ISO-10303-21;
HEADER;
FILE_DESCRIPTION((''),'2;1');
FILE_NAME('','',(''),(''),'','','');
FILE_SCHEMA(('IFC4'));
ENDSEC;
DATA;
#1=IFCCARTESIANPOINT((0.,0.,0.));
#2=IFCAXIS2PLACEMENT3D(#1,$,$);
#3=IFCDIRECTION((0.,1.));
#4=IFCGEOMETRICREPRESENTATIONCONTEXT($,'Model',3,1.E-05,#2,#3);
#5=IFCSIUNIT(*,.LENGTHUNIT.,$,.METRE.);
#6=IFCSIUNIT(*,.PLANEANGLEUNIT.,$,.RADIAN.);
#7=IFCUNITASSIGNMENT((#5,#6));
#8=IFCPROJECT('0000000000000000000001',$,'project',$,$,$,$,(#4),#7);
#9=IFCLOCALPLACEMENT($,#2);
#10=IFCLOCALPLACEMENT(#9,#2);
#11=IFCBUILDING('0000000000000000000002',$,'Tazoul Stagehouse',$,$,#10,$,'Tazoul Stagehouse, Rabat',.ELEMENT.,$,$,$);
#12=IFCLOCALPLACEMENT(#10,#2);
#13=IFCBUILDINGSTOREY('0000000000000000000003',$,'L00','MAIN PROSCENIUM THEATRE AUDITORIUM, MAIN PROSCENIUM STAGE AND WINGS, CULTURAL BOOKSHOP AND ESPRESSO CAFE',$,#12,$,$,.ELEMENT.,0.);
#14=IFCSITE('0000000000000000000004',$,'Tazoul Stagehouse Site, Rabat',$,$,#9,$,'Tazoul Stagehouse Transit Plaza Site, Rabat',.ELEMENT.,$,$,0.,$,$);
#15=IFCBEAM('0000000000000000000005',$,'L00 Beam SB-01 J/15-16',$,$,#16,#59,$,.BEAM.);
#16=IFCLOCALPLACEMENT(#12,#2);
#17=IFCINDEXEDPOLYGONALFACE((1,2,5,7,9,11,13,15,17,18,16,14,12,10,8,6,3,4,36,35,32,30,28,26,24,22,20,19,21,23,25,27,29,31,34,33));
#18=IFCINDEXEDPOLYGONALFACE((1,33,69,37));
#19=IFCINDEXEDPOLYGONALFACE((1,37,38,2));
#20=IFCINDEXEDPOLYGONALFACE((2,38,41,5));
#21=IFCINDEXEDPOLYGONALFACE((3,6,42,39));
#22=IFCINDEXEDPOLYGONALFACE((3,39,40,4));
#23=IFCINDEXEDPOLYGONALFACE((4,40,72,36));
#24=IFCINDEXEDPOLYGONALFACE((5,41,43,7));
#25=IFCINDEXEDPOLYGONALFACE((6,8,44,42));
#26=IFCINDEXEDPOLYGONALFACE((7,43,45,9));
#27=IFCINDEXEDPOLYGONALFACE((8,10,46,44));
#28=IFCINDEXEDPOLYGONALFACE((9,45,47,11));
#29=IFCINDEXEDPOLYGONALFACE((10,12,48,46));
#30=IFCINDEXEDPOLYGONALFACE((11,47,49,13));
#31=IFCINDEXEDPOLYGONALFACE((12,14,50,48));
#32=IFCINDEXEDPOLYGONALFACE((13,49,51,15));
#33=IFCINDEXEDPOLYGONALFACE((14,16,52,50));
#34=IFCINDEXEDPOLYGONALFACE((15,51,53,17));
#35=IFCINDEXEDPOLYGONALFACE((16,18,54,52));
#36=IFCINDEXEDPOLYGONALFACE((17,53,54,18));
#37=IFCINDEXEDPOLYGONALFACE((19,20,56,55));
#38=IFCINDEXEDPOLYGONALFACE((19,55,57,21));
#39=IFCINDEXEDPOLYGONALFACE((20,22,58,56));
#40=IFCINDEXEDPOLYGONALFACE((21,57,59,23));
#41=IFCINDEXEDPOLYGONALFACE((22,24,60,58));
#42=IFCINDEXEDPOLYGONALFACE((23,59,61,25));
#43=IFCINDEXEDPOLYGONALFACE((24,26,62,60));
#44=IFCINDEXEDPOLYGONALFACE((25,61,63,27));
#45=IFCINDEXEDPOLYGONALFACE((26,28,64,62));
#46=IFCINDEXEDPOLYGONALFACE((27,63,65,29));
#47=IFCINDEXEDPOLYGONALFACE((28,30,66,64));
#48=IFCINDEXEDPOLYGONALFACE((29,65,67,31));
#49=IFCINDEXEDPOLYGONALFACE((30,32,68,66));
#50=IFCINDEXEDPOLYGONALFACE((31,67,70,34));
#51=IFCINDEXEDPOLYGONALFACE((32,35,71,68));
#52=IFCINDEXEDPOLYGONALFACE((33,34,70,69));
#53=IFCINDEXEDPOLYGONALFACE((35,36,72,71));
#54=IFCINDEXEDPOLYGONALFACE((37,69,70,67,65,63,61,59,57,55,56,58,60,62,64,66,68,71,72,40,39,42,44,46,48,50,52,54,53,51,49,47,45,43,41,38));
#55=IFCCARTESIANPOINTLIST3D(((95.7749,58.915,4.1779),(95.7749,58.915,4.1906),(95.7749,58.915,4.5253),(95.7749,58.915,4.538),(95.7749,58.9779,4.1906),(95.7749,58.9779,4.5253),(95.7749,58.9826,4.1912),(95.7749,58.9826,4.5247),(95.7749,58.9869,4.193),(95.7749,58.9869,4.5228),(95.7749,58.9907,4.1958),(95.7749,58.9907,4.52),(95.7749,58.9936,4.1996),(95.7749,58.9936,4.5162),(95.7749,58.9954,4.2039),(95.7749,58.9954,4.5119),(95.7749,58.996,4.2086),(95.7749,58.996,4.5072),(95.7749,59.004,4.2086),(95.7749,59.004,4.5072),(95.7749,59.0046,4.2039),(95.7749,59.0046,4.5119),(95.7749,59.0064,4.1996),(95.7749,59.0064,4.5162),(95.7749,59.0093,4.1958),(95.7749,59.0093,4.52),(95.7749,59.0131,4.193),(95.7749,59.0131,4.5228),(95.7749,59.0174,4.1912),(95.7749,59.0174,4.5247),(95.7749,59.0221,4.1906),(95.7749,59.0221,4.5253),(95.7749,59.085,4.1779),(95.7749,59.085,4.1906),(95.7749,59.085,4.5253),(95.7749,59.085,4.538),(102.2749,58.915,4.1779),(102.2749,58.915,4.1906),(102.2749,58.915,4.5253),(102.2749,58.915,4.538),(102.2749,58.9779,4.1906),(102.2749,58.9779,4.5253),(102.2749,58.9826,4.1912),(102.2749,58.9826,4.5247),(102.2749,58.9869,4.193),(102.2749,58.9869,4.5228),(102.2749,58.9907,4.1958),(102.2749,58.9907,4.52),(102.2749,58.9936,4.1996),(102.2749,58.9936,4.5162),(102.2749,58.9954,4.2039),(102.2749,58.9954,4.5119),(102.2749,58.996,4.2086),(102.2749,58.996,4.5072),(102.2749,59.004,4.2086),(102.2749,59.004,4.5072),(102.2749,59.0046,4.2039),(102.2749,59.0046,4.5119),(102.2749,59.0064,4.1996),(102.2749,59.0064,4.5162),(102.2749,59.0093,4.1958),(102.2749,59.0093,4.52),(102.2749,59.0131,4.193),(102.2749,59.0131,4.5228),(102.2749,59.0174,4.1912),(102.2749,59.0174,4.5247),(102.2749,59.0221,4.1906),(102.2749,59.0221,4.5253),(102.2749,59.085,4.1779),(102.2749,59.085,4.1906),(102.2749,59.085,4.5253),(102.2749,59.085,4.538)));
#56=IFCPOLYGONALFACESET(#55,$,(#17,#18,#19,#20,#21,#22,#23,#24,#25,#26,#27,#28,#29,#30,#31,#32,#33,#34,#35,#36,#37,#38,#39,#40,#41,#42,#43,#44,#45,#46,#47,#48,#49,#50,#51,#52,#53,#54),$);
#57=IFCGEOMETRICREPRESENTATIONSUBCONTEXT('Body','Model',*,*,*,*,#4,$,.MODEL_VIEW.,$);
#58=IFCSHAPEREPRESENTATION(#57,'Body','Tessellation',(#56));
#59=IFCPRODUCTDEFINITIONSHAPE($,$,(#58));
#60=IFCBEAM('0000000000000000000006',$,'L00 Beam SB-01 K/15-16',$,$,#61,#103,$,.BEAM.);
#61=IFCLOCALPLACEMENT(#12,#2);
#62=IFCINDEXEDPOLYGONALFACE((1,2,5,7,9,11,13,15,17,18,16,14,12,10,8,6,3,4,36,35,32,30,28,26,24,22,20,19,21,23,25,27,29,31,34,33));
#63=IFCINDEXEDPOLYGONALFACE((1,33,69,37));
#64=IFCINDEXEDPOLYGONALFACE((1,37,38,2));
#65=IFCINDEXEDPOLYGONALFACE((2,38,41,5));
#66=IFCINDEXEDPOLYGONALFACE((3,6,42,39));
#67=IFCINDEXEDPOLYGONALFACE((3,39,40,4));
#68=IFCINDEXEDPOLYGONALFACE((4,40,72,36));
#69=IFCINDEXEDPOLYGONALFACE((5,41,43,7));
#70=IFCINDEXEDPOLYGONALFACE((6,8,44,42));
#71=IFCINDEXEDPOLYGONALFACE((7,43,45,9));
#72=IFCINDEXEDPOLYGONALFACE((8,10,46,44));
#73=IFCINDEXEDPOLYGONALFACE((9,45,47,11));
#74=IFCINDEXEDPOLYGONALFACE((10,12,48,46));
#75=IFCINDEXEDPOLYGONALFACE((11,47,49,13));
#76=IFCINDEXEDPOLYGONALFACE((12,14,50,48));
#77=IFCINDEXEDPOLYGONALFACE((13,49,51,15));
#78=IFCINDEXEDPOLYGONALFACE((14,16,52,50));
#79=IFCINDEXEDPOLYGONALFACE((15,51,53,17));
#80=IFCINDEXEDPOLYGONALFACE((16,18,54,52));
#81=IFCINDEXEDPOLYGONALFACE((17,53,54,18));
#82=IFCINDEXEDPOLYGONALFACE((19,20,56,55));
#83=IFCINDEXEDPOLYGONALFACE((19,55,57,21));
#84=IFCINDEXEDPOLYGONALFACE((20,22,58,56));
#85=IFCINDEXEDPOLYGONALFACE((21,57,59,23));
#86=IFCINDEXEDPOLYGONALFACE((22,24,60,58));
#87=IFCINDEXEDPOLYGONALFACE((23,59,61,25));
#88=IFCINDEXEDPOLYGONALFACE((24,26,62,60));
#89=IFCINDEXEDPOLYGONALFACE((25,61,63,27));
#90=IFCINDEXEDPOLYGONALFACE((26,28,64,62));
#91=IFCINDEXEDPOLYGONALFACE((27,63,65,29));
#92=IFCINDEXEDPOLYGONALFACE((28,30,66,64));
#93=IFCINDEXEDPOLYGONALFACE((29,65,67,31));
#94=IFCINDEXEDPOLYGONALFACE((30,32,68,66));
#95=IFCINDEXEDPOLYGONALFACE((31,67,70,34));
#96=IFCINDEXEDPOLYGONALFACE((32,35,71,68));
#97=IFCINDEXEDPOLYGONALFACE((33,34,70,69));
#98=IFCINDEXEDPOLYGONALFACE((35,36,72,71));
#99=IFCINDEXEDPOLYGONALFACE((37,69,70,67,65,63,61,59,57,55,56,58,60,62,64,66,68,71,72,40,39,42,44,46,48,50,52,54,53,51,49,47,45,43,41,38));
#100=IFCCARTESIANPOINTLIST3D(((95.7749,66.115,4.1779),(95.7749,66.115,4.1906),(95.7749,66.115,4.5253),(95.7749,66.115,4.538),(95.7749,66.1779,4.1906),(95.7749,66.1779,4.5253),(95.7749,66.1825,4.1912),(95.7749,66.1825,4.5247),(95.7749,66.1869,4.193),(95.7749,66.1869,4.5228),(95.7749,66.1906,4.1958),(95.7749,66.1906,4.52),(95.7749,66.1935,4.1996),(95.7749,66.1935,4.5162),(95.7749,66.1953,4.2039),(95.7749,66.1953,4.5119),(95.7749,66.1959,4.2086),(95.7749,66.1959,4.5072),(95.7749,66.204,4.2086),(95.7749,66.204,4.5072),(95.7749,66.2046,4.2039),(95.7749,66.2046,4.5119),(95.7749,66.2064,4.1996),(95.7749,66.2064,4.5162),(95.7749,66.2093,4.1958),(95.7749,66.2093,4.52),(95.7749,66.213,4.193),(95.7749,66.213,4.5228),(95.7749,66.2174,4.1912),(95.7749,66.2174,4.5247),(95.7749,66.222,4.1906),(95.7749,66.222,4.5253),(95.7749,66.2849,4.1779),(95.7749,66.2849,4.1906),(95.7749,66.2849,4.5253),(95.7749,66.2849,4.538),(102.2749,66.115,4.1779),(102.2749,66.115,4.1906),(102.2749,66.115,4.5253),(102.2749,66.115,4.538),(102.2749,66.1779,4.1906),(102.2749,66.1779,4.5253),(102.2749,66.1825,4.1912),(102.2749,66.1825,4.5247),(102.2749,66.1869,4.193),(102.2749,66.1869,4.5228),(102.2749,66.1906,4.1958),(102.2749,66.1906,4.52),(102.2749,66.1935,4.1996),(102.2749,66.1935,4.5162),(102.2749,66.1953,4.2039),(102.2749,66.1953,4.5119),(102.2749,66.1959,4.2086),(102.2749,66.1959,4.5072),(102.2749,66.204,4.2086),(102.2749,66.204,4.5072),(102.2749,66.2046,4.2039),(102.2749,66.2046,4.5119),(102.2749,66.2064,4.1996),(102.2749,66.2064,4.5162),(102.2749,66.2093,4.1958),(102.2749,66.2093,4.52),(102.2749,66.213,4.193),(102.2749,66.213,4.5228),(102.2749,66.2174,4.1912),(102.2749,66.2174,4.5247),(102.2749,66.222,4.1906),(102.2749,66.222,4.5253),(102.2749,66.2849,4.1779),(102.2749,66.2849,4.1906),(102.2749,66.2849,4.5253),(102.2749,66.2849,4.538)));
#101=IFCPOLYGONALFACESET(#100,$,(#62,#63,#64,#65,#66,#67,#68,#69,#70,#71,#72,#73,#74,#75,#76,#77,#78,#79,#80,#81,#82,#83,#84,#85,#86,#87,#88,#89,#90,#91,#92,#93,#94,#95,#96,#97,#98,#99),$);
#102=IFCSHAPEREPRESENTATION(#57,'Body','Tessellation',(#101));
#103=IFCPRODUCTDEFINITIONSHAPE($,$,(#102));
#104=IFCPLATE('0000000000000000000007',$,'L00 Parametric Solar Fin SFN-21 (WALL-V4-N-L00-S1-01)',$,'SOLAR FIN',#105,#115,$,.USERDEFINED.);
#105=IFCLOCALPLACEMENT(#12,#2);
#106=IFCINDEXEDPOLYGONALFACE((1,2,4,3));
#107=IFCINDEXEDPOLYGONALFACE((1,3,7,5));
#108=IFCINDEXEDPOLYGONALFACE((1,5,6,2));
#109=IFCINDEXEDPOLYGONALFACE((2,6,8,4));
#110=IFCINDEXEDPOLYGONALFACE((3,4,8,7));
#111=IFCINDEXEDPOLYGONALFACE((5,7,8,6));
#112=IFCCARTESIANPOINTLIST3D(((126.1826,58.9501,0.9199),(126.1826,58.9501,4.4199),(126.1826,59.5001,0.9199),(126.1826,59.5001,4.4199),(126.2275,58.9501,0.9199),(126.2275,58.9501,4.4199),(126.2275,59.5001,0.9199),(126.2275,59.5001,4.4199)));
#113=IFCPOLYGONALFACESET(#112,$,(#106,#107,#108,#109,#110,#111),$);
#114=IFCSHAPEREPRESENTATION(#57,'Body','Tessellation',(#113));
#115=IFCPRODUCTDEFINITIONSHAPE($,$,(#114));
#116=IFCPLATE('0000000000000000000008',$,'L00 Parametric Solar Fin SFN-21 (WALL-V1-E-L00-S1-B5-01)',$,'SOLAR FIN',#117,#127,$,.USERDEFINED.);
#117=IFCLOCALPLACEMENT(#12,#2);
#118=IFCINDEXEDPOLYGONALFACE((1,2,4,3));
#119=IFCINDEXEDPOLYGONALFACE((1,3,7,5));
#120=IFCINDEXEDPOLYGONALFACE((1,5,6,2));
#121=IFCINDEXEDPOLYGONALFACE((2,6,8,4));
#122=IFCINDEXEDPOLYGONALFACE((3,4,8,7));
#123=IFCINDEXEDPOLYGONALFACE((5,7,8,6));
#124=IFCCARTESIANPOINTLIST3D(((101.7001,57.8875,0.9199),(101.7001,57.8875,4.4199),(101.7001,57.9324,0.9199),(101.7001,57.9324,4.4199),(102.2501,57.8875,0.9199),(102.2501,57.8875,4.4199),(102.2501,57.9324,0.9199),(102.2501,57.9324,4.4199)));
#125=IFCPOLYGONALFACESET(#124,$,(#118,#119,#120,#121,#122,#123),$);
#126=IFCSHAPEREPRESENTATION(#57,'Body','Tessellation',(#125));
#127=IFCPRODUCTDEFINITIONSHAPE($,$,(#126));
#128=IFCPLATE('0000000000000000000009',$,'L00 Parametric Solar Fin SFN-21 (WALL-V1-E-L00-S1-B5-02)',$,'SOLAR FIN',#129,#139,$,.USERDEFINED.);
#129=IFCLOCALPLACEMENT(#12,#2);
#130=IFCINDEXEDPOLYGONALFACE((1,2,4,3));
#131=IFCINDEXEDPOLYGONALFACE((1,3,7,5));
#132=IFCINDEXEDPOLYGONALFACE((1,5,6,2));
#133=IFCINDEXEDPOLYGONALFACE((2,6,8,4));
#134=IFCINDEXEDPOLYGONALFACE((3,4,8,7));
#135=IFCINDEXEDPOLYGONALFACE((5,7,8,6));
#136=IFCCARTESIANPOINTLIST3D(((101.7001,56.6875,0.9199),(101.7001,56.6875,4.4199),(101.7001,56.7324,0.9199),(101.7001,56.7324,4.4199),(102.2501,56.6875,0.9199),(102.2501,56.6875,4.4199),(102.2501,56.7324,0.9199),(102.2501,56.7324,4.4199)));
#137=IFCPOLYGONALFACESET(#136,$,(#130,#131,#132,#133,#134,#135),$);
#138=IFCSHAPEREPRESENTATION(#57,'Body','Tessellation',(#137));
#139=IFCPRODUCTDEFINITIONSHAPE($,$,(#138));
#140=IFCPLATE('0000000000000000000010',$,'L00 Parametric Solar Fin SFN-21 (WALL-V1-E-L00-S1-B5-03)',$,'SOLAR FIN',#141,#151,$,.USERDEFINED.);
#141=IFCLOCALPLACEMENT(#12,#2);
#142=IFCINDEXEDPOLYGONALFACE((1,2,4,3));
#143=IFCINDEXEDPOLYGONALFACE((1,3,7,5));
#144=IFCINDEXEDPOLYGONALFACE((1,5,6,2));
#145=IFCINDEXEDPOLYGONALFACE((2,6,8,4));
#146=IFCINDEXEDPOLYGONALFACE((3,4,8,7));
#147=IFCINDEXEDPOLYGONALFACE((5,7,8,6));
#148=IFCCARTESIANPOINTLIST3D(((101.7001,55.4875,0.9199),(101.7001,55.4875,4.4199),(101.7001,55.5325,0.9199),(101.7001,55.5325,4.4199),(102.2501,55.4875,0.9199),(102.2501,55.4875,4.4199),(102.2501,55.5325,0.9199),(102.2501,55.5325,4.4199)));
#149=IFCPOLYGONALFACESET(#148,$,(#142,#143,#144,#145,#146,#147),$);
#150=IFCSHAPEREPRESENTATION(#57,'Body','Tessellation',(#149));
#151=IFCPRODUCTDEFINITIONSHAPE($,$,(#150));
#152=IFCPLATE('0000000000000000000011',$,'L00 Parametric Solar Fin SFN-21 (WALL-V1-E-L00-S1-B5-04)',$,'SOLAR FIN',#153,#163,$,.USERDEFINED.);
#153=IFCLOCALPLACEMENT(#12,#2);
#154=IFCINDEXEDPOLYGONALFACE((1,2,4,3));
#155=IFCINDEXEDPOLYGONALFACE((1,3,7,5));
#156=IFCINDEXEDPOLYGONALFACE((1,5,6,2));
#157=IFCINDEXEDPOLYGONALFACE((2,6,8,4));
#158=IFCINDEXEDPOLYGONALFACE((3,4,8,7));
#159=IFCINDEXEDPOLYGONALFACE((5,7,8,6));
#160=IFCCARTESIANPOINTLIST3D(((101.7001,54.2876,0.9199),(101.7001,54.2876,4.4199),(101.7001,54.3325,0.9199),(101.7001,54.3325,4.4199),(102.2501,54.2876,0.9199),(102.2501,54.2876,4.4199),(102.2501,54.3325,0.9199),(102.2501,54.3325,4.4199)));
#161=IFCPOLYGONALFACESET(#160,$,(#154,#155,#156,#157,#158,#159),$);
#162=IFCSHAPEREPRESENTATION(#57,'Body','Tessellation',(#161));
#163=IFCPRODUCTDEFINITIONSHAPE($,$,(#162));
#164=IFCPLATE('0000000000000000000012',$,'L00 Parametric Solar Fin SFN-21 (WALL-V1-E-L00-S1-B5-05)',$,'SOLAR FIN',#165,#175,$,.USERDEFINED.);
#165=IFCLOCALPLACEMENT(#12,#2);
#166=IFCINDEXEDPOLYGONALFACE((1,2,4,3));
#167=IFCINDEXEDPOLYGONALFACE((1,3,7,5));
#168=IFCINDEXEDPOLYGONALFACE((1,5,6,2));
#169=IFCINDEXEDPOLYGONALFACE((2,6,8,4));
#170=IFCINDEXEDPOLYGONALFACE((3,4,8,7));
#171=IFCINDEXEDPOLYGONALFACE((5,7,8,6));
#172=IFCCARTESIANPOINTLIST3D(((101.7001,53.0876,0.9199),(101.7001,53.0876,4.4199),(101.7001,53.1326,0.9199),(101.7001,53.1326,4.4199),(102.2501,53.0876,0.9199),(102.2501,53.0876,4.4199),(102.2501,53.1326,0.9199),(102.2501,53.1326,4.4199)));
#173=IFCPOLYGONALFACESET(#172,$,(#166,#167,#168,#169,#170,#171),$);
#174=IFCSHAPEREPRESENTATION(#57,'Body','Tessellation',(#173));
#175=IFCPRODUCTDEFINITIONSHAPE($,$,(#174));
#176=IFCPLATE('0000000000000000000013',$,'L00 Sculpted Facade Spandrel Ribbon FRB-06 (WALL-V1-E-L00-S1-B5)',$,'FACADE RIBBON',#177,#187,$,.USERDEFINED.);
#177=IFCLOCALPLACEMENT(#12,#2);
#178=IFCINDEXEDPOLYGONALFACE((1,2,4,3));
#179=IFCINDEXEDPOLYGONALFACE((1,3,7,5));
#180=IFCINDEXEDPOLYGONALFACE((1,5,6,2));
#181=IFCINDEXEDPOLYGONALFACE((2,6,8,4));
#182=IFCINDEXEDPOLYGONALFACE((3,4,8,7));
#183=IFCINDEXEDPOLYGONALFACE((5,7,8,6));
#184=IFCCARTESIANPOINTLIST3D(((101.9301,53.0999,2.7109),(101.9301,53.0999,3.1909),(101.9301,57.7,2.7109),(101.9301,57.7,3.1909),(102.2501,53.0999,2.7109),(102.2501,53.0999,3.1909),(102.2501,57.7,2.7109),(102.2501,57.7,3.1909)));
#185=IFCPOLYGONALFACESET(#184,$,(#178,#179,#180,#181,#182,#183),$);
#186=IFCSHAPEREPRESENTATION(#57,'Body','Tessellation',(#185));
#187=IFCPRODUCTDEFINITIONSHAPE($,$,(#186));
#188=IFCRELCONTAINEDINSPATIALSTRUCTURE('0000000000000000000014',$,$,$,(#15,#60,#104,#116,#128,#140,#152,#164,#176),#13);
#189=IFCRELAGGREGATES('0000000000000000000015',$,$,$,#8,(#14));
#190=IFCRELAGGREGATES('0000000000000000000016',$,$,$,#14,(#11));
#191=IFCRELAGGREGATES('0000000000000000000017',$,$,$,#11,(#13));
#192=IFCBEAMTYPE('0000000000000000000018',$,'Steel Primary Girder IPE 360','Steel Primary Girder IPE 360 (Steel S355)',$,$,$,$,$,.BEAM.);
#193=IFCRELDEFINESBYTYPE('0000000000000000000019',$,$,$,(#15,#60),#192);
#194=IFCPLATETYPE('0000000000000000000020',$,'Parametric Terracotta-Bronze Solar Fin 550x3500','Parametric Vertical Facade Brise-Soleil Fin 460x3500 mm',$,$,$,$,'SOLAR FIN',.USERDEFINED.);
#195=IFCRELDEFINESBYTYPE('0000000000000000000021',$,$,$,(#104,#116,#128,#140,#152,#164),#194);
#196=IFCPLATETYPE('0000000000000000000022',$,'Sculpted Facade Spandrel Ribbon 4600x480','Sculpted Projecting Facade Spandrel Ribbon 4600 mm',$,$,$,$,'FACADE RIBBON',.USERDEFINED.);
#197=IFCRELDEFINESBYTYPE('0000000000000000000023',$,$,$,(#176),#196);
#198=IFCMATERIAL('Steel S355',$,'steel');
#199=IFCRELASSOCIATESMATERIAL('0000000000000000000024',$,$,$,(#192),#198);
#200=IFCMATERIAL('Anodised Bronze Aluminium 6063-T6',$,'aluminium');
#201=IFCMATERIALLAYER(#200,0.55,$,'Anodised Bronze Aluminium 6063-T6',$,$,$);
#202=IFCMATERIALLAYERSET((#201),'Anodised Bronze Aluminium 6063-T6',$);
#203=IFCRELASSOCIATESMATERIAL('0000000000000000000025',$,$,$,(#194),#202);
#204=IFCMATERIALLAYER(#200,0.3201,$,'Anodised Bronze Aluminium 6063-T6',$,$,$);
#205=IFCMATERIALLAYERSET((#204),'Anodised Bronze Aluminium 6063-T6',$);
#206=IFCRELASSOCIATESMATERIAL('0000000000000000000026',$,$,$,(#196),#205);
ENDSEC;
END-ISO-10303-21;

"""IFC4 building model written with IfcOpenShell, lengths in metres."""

from ifc_helpers import new_model, si_unit, direction, frame, origin, origin_2d, place, context, subcontext, project, spatial, rectangle, i_section, extrude, material, layer, layer_set, material_profile, profile_set, type_object, element, save


model = new_model("IFC4")

# Units and contexts
model_context = context("Model", 3, precision=1e-05, world=origin(), true_north=direction((0.0, 1.0)))
body_context = subcontext(model_context, "Body", "Model", "MODEL_VIEW")
ifc_project = project(units=[si_unit("LENGTHUNIT", "METRE"), si_unit("PLANEANGLEUNIT", "RADIAN")], contexts=[model_context])

# Site, building, storey
site_placement = place(None, origin())
site = spatial("IfcSite", under=ifc_project, at=site_placement, Name="Tazoul Stagehouse Site, Rabat", LongName="Tazoul Stagehouse Transit Plaza Site, Rabat", CompositionType="ELEMENT", RefElevation=0.0)
building_placement = place(site_placement, origin())
building = spatial("IfcBuilding", under=site, at=building_placement, Name="Tazoul Stagehouse", LongName="Tazoul Stagehouse, Rabat", CompositionType="ELEMENT")
storey_placement = place(building_placement, origin())
storey = spatial("IfcBuildingStorey", under=building, at=storey_placement, Name="L00", Description="MAIN PROSCENIUM THEATRE AUDITORIUM, MAIN PROSCENIUM STAGE AND WINGS, CULTURAL BOOKSHOP AND ESPRESSO CAFE", CompositionType="ELEMENT", Elevation=0.0)

# Beams
ifc_material_1 = material(Name="Steel S355", Category="steel")
ifc_material_profile_1 = material_profile(ifc_material_1, i_section(OverallWidth=0.1699, OverallDepth=0.3601, WebThickness=0.0081, FlangeThickness=0.0127, FilletRadius=0.0181, at=origin_2d()), Name="IPE 360")
ifc_profile_set_1 = profile_set([ifc_material_profile_1], Name="Steel S355")
beam_type_1 = type_object("IfcBeamType", Name="Steel Primary Girder IPE 360", Description="Steel Primary Girder IPE 360 (Steel S355)", PredefinedType="BEAM", material=ifc_profile_set_1)
for number, where, z_axis, x_axis, name in (
    (1, (95.7749, 59.0, 4.3579), (1.0, 0.0, 0.0), (0.0, 1.0, 0.0), "L00 Beam SB-01 J/15-16"),
    (2, (95.7749, 66.2, 4.3579), (1.0, 0.0, 0.0), (0.0, 1.0, 0.0), "L00 Beam SB-01 K/15-16"),
):
    element("IfcBeam", number, at=place(storey_placement, frame(where, z_axis=z_axis, x_axis=x_axis)), inside=storey, type_object=beam_type_1, Name=name, PredefinedType="BEAM", context=body_context, shape_type="SweptSolid", body=[
        extrude(i_section(OverallWidth=0.1699, OverallDepth=0.3601, WebThickness=0.0081, FlangeThickness=0.0127, FilletRadius=0.0181, at=origin_2d()), origin(), (0.0, 0.0, 1.0), 6.5),
    ])

# Plates
ifc_material_2 = material(Name="Anodised Bronze Aluminium 6063-T6", Category="aluminium")
ifc_layer_1 = layer(ifc_material_2, 0.55, Name="Anodised Bronze Aluminium 6063-T6")
ifc_layer_set_1 = layer_set([ifc_layer_1], Name="Anodised Bronze Aluminium 6063-T6")
plate_type_1 = type_object("IfcPlateType", Name="Parametric Terracotta-Bronze Solar Fin 550x3500", Description="Parametric Vertical Facade Brise-Soleil Fin 460x3500 mm", ElementType="SOLAR FIN", PredefinedType="USERDEFINED", material=ifc_layer_set_1)
for number, where, z_axis, x_axis, name in (
    (3, (126.2051, 59.2251, 0.9199), (0.0, 0.0, 1.0), (1.0, 0.0, 0.0), "L00 Parametric Solar Fin SFN-21 (WALL-V4-N-L00-S1-01)"),
    (4, (101.9751, 57.9099, 0.9199), (0.0, 0.0, 1.0), (0.0, -1.0, 0.0), "L00 Parametric Solar Fin SFN-21 (WALL-V1-E-L00-S1-B5-01)"),
    (5, (101.9751, 56.71, 0.9199), (0.0, 0.0, 1.0), (0.0, -1.0, 0.0), "L00 Parametric Solar Fin SFN-21 (WALL-V1-E-L00-S1-B5-02)"),
    (6, (101.9751, 55.51, 0.9199), (0.0, 0.0, 1.0), (0.0, -1.0, 0.0), "L00 Parametric Solar Fin SFN-21 (WALL-V1-E-L00-S1-B5-03)"),
    (7, (101.9751, 54.3101, 0.9199), (0.0, 0.0, 1.0), (0.0, -1.0, 0.0), "L00 Parametric Solar Fin SFN-21 (WALL-V1-E-L00-S1-B5-04)"),
    (8, (101.9751, 53.1101, 0.9199), (0.0, 0.0, 1.0), (0.0, -1.0, 0.0), "L00 Parametric Solar Fin SFN-21 (WALL-V1-E-L00-S1-B5-05)"),
):
    element("IfcPlate", number, at=place(storey_placement, frame(where, z_axis=z_axis, x_axis=x_axis)), inside=storey, type_object=plate_type_1, Name=name, ObjectType="SOLAR FIN", PredefinedType="USERDEFINED", context=body_context, shape_type="SweptSolid", body=[
        extrude(rectangle(XDim=0.0449, YDim=0.55, at=origin_2d()), origin(), (0.0, 0.0, 1.0), 3.5),
    ])
ifc_layer_2 = layer(ifc_material_2, 0.3201, Name="Anodised Bronze Aluminium 6063-T6")
ifc_layer_set_2 = layer_set([ifc_layer_2], Name="Anodised Bronze Aluminium 6063-T6")
plate_type_2 = type_object("IfcPlateType", Name="Sculpted Facade Spandrel Ribbon 4600x480", Description="Sculpted Projecting Facade Spandrel Ribbon 4600 mm", ElementType="FACADE RIBBON", PredefinedType="USERDEFINED", material=ifc_layer_set_2)
plate_placement = place(storey_placement, frame((102.0901, 55.3999, 2.7109), z_axis=(0.0, 0.0, 1.0), x_axis=(0.0, -1.0, 0.0)))
element("IfcPlate", 9, at=plate_placement, inside=storey, type_object=plate_type_2, Name="L00 Sculpted Facade Spandrel Ribbon FRB-06 (WALL-V1-E-L00-S1-B5)", ObjectType="FACADE RIBBON", PredefinedType="USERDEFINED", context=body_context, shape_type="SweptSolid", body=[
    extrude(rectangle(XDim=4.6001, YDim=0.3201, at=origin_2d()), origin(), (0.0, 0.0, 1.0), 0.48),
])

save(model, "model.ifc")
